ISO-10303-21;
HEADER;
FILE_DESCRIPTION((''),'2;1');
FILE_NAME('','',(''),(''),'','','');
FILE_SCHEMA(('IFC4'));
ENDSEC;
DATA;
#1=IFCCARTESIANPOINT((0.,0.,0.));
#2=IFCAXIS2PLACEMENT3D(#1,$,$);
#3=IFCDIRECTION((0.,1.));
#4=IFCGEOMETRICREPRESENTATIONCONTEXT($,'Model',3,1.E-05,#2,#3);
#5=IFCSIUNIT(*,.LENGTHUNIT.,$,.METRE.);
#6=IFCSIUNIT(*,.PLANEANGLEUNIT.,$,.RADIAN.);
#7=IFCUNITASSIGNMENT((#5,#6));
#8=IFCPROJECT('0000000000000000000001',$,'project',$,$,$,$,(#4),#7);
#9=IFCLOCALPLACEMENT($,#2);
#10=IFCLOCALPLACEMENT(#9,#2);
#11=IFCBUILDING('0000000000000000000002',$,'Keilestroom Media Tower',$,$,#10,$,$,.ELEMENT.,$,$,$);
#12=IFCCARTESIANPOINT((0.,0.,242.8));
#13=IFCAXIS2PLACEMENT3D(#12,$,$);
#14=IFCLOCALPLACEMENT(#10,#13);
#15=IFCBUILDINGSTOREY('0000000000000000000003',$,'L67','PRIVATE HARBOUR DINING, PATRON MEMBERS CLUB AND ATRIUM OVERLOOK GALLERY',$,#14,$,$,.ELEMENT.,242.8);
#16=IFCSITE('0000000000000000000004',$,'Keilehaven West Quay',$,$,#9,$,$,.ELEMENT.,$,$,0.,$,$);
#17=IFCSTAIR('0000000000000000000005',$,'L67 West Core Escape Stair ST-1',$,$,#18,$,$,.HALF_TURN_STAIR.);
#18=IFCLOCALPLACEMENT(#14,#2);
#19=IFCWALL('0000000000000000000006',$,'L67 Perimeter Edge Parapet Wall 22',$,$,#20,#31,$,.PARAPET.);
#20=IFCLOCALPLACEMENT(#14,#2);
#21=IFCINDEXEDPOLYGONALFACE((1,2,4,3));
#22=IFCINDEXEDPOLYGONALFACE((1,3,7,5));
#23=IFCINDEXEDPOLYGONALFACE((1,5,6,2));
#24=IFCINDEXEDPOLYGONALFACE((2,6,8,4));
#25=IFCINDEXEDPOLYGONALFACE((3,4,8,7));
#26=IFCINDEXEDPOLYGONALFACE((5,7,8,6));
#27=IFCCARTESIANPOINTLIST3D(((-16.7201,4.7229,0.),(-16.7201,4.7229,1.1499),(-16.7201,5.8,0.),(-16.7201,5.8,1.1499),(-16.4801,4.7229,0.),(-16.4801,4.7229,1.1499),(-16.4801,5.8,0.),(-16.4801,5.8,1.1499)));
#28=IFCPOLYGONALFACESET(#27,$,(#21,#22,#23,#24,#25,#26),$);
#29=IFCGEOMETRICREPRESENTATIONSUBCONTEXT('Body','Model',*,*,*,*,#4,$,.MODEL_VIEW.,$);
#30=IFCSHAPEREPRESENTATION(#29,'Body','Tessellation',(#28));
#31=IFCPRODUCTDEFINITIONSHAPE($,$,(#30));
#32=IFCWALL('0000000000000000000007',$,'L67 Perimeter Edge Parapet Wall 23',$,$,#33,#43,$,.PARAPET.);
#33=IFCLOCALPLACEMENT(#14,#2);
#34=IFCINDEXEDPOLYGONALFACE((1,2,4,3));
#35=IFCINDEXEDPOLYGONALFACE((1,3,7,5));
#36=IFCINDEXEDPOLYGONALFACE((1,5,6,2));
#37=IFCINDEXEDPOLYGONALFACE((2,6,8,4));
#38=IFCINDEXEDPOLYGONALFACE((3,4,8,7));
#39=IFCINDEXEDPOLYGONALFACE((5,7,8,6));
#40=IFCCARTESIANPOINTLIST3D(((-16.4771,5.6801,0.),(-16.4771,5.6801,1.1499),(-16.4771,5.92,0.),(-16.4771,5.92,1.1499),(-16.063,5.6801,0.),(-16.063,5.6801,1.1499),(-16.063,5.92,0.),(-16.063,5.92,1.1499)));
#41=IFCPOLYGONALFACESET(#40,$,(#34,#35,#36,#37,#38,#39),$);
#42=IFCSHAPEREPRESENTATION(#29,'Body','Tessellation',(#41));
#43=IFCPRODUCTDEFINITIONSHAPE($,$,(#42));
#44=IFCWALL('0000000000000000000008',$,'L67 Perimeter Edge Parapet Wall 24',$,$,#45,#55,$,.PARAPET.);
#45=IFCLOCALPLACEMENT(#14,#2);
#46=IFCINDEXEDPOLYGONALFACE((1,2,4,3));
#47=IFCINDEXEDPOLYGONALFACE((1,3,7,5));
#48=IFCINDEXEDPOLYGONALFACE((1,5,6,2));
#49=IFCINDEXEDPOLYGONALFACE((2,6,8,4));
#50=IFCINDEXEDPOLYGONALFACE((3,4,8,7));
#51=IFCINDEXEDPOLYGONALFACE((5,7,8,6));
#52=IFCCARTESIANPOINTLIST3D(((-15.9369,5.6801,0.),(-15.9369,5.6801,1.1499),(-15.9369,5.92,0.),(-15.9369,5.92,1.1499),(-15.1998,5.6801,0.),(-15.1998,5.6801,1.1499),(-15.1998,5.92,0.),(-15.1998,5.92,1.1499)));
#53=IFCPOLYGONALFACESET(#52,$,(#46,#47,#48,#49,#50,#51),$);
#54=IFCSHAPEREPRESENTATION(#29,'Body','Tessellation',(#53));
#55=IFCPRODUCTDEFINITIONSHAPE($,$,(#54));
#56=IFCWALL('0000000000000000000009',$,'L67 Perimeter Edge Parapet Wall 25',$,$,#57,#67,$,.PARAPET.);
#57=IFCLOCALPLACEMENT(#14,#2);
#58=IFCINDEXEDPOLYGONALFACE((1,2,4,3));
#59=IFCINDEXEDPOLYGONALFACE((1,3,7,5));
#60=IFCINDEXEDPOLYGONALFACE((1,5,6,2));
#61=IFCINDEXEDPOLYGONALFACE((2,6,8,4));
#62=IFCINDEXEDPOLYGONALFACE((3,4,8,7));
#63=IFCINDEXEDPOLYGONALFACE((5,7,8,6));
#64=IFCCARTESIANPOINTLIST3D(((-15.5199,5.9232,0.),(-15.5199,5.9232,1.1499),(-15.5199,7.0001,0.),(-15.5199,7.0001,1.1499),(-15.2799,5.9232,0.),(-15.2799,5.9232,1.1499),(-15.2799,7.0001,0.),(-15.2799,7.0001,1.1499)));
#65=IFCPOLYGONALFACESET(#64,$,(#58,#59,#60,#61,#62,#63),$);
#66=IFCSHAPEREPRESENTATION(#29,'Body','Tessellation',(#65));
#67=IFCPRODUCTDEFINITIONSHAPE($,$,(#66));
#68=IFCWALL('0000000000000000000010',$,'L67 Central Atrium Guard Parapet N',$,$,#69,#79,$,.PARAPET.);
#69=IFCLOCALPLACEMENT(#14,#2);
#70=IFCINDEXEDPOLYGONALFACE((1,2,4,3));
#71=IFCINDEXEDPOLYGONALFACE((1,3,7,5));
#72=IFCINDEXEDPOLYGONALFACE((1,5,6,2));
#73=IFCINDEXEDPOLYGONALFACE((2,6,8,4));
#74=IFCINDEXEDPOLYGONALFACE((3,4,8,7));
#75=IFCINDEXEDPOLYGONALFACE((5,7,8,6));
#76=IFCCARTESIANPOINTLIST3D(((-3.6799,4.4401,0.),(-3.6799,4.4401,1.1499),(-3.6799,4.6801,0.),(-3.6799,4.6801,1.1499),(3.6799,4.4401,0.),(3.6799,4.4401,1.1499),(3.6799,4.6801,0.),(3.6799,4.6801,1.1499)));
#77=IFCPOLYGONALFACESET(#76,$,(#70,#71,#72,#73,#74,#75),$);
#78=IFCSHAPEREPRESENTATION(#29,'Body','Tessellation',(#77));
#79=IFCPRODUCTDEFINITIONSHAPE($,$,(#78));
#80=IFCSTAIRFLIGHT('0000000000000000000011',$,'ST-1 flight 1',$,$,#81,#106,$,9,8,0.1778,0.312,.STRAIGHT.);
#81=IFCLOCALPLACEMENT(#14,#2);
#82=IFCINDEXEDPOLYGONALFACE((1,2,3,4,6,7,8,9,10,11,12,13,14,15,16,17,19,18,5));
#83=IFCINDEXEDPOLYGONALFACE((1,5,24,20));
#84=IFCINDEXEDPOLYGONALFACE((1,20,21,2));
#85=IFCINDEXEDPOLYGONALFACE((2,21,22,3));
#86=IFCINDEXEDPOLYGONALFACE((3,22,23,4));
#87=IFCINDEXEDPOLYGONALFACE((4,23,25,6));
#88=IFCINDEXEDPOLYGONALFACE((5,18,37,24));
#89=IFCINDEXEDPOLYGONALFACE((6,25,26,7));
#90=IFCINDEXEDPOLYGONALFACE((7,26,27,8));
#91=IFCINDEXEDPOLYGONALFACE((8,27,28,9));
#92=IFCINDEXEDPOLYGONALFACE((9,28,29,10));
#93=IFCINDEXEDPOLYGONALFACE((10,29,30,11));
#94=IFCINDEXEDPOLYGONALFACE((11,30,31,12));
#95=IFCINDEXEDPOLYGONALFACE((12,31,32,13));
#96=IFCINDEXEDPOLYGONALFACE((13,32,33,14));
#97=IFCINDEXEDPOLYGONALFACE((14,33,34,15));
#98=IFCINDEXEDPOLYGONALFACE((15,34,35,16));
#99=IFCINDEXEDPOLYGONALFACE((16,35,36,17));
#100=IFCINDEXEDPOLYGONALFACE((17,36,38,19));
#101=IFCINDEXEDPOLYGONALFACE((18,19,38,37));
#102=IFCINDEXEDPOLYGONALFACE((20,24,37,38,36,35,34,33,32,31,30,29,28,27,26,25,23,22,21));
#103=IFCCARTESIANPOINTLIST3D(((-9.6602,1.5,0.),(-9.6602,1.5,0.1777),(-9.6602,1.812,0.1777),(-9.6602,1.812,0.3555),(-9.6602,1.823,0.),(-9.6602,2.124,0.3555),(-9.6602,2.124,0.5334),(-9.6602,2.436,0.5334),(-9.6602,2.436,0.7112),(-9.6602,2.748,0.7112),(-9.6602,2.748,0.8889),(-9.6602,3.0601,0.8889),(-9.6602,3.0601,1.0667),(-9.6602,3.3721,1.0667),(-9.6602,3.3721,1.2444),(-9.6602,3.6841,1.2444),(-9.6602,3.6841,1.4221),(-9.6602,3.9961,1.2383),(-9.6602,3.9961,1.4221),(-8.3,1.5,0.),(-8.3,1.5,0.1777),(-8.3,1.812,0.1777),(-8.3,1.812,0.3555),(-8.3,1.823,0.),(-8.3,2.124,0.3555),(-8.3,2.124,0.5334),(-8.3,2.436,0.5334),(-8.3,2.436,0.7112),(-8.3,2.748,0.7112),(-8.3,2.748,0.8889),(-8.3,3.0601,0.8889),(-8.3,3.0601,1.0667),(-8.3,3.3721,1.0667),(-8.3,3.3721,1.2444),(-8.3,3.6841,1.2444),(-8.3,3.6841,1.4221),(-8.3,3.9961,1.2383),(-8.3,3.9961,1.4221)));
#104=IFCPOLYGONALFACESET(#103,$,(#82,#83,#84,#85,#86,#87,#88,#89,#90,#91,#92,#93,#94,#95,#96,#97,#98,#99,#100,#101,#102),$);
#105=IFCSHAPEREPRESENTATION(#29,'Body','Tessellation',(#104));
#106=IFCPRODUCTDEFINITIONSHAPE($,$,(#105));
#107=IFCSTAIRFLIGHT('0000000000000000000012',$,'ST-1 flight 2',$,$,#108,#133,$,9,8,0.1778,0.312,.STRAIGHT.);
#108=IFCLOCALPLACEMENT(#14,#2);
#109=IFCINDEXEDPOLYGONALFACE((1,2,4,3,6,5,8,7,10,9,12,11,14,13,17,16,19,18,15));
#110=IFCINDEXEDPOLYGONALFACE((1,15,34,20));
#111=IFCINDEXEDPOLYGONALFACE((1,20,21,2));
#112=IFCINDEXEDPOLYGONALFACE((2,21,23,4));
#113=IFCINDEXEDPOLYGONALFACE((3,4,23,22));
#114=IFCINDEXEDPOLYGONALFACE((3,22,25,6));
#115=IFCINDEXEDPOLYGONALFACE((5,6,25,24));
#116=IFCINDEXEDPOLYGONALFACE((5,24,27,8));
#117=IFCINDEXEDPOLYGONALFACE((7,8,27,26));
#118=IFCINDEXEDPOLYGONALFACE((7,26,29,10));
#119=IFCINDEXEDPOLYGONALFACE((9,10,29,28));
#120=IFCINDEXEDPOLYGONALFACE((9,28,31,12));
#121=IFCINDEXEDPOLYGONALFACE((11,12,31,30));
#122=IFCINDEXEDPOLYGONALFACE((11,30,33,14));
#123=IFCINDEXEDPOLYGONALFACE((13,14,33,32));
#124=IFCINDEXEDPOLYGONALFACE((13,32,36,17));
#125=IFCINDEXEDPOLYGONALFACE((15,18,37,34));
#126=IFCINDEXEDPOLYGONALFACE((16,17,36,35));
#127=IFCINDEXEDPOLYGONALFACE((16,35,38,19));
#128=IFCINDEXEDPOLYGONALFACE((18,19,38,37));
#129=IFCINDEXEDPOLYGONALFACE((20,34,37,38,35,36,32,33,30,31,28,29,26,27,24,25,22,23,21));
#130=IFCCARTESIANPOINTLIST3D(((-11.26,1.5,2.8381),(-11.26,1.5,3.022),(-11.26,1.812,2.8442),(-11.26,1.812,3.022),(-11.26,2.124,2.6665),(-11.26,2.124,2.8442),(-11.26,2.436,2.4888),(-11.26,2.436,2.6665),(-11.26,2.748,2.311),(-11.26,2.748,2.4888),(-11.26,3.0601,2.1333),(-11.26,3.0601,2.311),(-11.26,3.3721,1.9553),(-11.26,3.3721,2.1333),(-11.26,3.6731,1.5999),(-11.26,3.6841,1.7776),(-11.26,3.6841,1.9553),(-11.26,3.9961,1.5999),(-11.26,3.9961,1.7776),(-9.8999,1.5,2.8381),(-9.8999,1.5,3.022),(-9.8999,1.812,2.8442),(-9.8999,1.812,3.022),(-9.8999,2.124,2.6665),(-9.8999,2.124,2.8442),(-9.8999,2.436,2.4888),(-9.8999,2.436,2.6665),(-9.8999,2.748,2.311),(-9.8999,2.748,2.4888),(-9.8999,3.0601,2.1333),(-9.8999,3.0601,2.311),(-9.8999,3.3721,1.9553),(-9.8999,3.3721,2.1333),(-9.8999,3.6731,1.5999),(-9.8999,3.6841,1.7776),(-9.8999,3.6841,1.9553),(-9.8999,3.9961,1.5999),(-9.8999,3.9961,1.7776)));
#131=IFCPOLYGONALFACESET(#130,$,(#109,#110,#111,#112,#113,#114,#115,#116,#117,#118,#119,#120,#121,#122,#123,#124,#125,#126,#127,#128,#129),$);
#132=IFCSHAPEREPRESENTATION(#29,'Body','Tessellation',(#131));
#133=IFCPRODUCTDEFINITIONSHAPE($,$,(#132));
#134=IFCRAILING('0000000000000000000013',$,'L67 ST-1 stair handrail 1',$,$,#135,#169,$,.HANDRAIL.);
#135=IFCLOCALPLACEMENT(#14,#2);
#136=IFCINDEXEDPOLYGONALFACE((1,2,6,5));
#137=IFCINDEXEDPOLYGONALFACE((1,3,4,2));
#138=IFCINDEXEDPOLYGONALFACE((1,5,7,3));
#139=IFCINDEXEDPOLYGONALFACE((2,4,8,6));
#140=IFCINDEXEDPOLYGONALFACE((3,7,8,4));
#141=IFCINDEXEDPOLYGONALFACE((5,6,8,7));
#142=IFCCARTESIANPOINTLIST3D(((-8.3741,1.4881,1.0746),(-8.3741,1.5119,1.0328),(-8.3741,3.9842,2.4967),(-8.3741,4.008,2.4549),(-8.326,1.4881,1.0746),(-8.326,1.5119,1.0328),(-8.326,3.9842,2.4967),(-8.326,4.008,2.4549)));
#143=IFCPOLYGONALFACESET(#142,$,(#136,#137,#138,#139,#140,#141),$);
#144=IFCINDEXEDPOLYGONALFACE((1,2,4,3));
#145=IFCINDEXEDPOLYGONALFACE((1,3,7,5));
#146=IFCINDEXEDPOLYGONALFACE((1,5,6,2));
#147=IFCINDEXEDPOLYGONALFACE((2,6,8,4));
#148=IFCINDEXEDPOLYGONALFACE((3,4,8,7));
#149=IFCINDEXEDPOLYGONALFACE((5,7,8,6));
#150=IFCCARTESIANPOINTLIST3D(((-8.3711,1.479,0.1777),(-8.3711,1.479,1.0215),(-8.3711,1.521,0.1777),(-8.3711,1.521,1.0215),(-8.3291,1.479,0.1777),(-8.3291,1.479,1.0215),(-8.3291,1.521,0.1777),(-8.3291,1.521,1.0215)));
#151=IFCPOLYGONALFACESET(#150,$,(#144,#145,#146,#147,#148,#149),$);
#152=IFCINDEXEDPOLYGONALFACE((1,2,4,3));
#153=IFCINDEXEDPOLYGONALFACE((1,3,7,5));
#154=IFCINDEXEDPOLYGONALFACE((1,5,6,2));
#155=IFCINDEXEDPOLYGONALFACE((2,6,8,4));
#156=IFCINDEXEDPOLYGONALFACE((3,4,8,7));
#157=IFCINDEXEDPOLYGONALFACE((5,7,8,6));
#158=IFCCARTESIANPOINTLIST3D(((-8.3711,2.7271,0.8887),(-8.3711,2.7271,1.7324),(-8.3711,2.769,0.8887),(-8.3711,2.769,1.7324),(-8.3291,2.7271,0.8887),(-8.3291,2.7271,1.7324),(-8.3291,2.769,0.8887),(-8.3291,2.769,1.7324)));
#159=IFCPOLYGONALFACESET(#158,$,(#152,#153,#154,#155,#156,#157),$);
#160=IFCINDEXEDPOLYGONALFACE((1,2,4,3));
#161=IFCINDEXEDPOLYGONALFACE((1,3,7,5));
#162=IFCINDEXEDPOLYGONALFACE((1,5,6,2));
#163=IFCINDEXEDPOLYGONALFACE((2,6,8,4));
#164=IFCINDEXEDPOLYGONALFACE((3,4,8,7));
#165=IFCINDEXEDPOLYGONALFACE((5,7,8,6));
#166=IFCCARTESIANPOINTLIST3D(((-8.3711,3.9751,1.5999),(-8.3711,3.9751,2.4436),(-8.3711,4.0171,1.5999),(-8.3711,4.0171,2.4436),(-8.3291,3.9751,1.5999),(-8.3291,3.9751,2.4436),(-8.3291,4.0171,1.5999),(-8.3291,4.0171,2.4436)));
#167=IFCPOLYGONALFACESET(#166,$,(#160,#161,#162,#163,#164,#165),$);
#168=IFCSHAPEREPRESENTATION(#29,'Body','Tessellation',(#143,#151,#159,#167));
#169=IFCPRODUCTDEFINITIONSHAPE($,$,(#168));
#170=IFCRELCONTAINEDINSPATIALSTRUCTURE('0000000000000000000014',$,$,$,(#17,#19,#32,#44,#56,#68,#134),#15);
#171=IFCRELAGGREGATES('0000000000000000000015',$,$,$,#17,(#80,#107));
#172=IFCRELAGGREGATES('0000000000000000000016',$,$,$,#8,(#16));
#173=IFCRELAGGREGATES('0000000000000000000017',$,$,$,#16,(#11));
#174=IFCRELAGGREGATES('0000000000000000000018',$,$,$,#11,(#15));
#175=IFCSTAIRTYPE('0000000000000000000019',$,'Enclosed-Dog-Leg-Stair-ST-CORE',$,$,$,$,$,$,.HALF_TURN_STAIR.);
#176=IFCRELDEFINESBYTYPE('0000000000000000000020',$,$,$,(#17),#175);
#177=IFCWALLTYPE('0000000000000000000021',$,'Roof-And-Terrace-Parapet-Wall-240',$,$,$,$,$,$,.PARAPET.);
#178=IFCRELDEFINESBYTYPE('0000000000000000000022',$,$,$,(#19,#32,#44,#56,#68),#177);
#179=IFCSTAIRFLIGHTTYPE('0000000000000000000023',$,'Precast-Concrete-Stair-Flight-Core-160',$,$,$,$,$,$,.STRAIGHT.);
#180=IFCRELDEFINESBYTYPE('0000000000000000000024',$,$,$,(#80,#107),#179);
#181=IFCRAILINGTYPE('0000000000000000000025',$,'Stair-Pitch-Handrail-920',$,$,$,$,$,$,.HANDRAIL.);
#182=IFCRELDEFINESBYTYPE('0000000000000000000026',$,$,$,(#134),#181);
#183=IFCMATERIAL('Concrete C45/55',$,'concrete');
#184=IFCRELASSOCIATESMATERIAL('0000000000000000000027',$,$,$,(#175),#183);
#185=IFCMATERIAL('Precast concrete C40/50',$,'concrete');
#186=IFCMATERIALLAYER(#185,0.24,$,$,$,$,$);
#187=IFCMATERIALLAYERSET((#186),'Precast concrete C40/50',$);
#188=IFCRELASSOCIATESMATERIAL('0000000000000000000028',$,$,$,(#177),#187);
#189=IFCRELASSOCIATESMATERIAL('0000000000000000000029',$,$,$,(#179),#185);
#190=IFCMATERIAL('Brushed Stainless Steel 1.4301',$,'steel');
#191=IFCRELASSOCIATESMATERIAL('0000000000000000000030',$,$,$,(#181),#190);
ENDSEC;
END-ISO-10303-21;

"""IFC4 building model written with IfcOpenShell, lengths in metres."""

from ifc_helpers import new_model, si_unit, direction, frame, frame_2d, origin, origin_2d, place, context, subcontext, project, spatial, polyline, rectangle, outline, extrude, material, layer, layer_set, type_object, element, aggregate, save


model = new_model("IFC4")

# Units and contexts
model_context = context("Model", 3, precision=1e-05, world=origin(), true_north=direction((0.0, 1.0)))
body_context = subcontext(model_context, "Body", "Model", "MODEL_VIEW")
ifc_project = project(units=[si_unit("LENGTHUNIT", "METRE"), si_unit("PLANEANGLEUNIT", "RADIAN")], contexts=[model_context])

# Site, building, storey
site_placement = place(None, origin())
site = spatial("IfcSite", under=ifc_project, at=site_placement, Name="Keilehaven West Quay", CompositionType="ELEMENT", RefElevation=0.0)
building_placement = place(site_placement, origin())
building = spatial("IfcBuilding", under=site, at=building_placement, Name="Keilestroom Media Tower", CompositionType="ELEMENT")
storey_placement = place(building_placement, frame((0.0, 0.0, 242.8)))
storey = spatial("IfcBuildingStorey", under=building, at=storey_placement, Name="L67", Description="PRIVATE HARBOUR DINING, PATRON MEMBERS CLUB AND ATRIUM OVERLOOK GALLERY", CompositionType="ELEMENT", Elevation=242.8)

# Shared definitions
ifc_material_1 = material(Name="Precast concrete C40/50", Category="concrete")

# Stair
ifc_material_2 = material(Name="Concrete C45/55", Category="concrete")
stair_type = type_object("IfcStairType", Name="Enclosed-Dog-Leg-Stair-ST-CORE", PredefinedType="HALF_TURN_STAIR", material=ifc_material_2)
stair_placement = place(storey_placement, origin())
stair = element("IfcStair", 1, at=stair_placement, inside=storey, type_object=stair_type, Name="L67 West Core Escape Stair ST-1", PredefinedType="HALF_TURN_STAIR")

# Walls
ifc_layer_1 = layer(ifc_material_1, 0.24)
ifc_layer_set_1 = layer_set([ifc_layer_1], Name="Precast concrete C40/50")
wall_type_1 = type_object("IfcWallType", Name="Roof-And-Terrace-Parapet-Wall-240", PredefinedType="PARAPET", material=ifc_layer_set_1)
wall_1_placement = place(storey_placement, frame((-16.6001, 4.7229, 0.0), z_axis=(0.0, 0.0, 1.0), x_axis=(0.0, 1.0, 0.0)))
element("IfcWall", 2, at=wall_1_placement, inside=storey, type_object=wall_type_1, Name="L67 Perimeter Edge Parapet Wall 22", PredefinedType="PARAPET", context=body_context, shape_type="SweptSolid", body=[
    extrude(rectangle(XDim=1.0771, YDim=0.24, at=frame_2d((0.5386, 0.0))), origin(), (0.0, 0.0, 1.0), 1.1499),
])
wall_2_placement = place(storey_placement, frame((-16.4771, 5.8, 0.0), z_axis=(0.0, 0.0, 1.0), x_axis=(1.0, 0.0, 0.0)))
element("IfcWall", 3, at=wall_2_placement, inside=storey, type_object=wall_type_1, Name="L67 Perimeter Edge Parapet Wall 23", PredefinedType="PARAPET", context=body_context, shape_type="SweptSolid", body=[
    extrude(rectangle(XDim=0.4141, YDim=0.24, at=frame_2d((0.207, 0.0))), origin(), (0.0, 0.0, 1.0), 1.1499),
])
wall_3_placement = place(storey_placement, frame((-15.937, 5.8, 0.0), z_axis=(0.0, 0.0, 1.0), x_axis=(1.0, 0.0, 0.0)))
element("IfcWall", 4, at=wall_3_placement, inside=storey, type_object=wall_type_1, Name="L67 Perimeter Edge Parapet Wall 24", PredefinedType="PARAPET", context=body_context, shape_type="SweptSolid", body=[
    extrude(rectangle(XDim=0.7371, YDim=0.24, at=frame_2d((0.3687, 0.0))), origin(), (0.0, 0.0, 1.0), 1.1499),
])
wall_4_placement = place(storey_placement, frame((-15.3999, 5.9231, 0.0), z_axis=(0.0, 0.0, 1.0), x_axis=(0.0, 1.0, 0.0)))
element("IfcWall", 5, at=wall_4_placement, inside=storey, type_object=wall_type_1, Name="L67 Perimeter Edge Parapet Wall 25", PredefinedType="PARAPET", context=body_context, shape_type="SweptSolid", body=[
    extrude(rectangle(XDim=1.0769, YDim=0.24, at=frame_2d((0.5386, 0.0))), origin(), (0.0, 0.0, 1.0), 1.1499),
])
wall_5_placement = place(storey_placement, frame((-3.6799, 4.5601, 0.0), z_axis=(0.0, 0.0, 1.0), x_axis=(1.0, 0.0, 0.0)))
element("IfcWall", 6, at=wall_5_placement, inside=storey, type_object=wall_type_1, Name="L67 Central Atrium Guard Parapet N", PredefinedType="PARAPET", context=body_context, shape_type="SweptSolid", body=[
    extrude(rectangle(XDim=7.3599, YDim=0.24, at=frame_2d((3.6799, 0.0))), origin(), (0.0, 0.0, 1.0), 1.1499),
])

# Stair flights
stair_flight_type = type_object("IfcStairFlightType", Name="Precast-Concrete-Stair-Flight-Core-160", PredefinedType="STRAIGHT", material=ifc_material_1)
stair_flight_1_placement = place(storey_placement, frame((-8.98, 1.5, 0.0), z_axis=(0.0, 0.0, 1.0), x_axis=(0.0, 1.0, 0.0)))
stair_flight_1 = element("IfcStairFlight", 7, at=stair_flight_1_placement, type_object=stair_flight_type, Name="ST-1 flight 1", NumberOfRisers=9, NumberOfTreads=8, PredefinedType="STRAIGHT", RiserHeight=0.1778, TreadLength=0.312, context=body_context, shape_type="SweptSolid", body=[
    extrude(outline(polyline([(0.0, 0.0), (0.0, 0.1777), (0.312, 0.1777), (0.312, 0.3555), (0.624, 0.3555), (0.624, 0.5334), (0.936, 0.5334), (0.936, 0.7112), (1.248, 0.7112), (1.248, 0.8889), (1.5601, 0.8889), (1.5601, 1.0667), (1.8721, 1.0667), (1.8721, 1.2444), (2.1841, 1.2444), (2.1841, 1.4221), (2.4961, 1.4221), (2.4961, 1.6001), (2.4961, 1.2383), (0.323, 0.0), (0.0, 0.0)])), frame((0.0, 0.6802, 0.0), z_axis=(0.0, -1.0, 0.0), x_axis=(1.0, 0.0, 0.0)), (0.0, 0.0, 1.0), 1.3601),
])
stair_flight_2_placement = place(storey_placement, frame((-10.5801, 3.9961, 1.5999), z_axis=(0.0, 0.0, 1.0), x_axis=(0.0, -1.0, 0.0)))
stair_flight_2 = element("IfcStairFlight", 8, at=stair_flight_2_placement, type_object=stair_flight_type, Name="ST-1 flight 2", NumberOfRisers=9, NumberOfTreads=8, PredefinedType="STRAIGHT", RiserHeight=0.1778, TreadLength=0.312, context=body_context, shape_type="SweptSolid", body=[
    extrude(outline(polyline([(0.0, 0.0), (0.0, 0.1777), (0.312, 0.1777), (0.312, 0.3555), (0.624, 0.3555), (0.624, 0.5334), (0.936, 0.5334), (0.936, 0.7112), (1.248, 0.7112), (1.248, 0.8889), (1.5601, 0.8889), (1.5601, 1.0667), (1.8721, 1.0667), (1.8721, 1.2444), (2.1841, 1.2444), (2.1841, 1.4221), (2.4961, 1.4221), (2.4961, 1.6001), (2.4961, 1.2383), (0.323, 0.0), (0.0, 0.0)])), frame((0.0, 0.6802, 0.0), z_axis=(0.0, -1.0, 0.0), x_axis=(1.0, 0.0, 0.0)), (0.0, 0.0, 1.0), 1.3601),
])
aggregate(stair, [stair_flight_1, stair_flight_2])

# Railing
ifc_material_3 = material(Name="Brushed Stainless Steel 1.4301", Category="steel")
railing_type_1 = type_object("IfcRailingType", Name="Stair-Pitch-Handrail-920", PredefinedType="HANDRAIL", material=ifc_material_3)
railing_1_placement = place(storey_placement, frame((-8.3501, 1.5, 0.1777)))
element("IfcRailing", 9, at=railing_1_placement, inside=storey, type_object=railing_type_1, Name="L67 ST-1 stair handrail 1", PredefinedType="HANDRAIL", context=body_context, shape_type="SweptSolid", body=[
    extrude(rectangle(XDim=0.0481, YDim=0.0481, at=origin_2d()), frame((0.0, 0.0, 0.876), z_axis=(0.0, 0.868875, 0.495031), x_axis=(-1.0, 0.0, 0.0)), (0.0, 0.0, 1.0), 2.8728),
    extrude(rectangle(XDim=0.042, YDim=0.042, at=origin_2d()), origin(), (0.0, 0.0, 1.0), 0.8438),
    extrude(rectangle(XDim=0.042, YDim=0.042, at=origin_2d()), frame((0.0, 1.248, 0.7109)), (0.0, 0.0, 1.0), 0.8438),
    extrude(rectangle(XDim=0.042, YDim=0.042, at=origin_2d()), frame((0.0, 2.4961, 1.4221)), (0.0, 0.0, 1.0), 0.8438),
])

save(model, "model.ifc")
